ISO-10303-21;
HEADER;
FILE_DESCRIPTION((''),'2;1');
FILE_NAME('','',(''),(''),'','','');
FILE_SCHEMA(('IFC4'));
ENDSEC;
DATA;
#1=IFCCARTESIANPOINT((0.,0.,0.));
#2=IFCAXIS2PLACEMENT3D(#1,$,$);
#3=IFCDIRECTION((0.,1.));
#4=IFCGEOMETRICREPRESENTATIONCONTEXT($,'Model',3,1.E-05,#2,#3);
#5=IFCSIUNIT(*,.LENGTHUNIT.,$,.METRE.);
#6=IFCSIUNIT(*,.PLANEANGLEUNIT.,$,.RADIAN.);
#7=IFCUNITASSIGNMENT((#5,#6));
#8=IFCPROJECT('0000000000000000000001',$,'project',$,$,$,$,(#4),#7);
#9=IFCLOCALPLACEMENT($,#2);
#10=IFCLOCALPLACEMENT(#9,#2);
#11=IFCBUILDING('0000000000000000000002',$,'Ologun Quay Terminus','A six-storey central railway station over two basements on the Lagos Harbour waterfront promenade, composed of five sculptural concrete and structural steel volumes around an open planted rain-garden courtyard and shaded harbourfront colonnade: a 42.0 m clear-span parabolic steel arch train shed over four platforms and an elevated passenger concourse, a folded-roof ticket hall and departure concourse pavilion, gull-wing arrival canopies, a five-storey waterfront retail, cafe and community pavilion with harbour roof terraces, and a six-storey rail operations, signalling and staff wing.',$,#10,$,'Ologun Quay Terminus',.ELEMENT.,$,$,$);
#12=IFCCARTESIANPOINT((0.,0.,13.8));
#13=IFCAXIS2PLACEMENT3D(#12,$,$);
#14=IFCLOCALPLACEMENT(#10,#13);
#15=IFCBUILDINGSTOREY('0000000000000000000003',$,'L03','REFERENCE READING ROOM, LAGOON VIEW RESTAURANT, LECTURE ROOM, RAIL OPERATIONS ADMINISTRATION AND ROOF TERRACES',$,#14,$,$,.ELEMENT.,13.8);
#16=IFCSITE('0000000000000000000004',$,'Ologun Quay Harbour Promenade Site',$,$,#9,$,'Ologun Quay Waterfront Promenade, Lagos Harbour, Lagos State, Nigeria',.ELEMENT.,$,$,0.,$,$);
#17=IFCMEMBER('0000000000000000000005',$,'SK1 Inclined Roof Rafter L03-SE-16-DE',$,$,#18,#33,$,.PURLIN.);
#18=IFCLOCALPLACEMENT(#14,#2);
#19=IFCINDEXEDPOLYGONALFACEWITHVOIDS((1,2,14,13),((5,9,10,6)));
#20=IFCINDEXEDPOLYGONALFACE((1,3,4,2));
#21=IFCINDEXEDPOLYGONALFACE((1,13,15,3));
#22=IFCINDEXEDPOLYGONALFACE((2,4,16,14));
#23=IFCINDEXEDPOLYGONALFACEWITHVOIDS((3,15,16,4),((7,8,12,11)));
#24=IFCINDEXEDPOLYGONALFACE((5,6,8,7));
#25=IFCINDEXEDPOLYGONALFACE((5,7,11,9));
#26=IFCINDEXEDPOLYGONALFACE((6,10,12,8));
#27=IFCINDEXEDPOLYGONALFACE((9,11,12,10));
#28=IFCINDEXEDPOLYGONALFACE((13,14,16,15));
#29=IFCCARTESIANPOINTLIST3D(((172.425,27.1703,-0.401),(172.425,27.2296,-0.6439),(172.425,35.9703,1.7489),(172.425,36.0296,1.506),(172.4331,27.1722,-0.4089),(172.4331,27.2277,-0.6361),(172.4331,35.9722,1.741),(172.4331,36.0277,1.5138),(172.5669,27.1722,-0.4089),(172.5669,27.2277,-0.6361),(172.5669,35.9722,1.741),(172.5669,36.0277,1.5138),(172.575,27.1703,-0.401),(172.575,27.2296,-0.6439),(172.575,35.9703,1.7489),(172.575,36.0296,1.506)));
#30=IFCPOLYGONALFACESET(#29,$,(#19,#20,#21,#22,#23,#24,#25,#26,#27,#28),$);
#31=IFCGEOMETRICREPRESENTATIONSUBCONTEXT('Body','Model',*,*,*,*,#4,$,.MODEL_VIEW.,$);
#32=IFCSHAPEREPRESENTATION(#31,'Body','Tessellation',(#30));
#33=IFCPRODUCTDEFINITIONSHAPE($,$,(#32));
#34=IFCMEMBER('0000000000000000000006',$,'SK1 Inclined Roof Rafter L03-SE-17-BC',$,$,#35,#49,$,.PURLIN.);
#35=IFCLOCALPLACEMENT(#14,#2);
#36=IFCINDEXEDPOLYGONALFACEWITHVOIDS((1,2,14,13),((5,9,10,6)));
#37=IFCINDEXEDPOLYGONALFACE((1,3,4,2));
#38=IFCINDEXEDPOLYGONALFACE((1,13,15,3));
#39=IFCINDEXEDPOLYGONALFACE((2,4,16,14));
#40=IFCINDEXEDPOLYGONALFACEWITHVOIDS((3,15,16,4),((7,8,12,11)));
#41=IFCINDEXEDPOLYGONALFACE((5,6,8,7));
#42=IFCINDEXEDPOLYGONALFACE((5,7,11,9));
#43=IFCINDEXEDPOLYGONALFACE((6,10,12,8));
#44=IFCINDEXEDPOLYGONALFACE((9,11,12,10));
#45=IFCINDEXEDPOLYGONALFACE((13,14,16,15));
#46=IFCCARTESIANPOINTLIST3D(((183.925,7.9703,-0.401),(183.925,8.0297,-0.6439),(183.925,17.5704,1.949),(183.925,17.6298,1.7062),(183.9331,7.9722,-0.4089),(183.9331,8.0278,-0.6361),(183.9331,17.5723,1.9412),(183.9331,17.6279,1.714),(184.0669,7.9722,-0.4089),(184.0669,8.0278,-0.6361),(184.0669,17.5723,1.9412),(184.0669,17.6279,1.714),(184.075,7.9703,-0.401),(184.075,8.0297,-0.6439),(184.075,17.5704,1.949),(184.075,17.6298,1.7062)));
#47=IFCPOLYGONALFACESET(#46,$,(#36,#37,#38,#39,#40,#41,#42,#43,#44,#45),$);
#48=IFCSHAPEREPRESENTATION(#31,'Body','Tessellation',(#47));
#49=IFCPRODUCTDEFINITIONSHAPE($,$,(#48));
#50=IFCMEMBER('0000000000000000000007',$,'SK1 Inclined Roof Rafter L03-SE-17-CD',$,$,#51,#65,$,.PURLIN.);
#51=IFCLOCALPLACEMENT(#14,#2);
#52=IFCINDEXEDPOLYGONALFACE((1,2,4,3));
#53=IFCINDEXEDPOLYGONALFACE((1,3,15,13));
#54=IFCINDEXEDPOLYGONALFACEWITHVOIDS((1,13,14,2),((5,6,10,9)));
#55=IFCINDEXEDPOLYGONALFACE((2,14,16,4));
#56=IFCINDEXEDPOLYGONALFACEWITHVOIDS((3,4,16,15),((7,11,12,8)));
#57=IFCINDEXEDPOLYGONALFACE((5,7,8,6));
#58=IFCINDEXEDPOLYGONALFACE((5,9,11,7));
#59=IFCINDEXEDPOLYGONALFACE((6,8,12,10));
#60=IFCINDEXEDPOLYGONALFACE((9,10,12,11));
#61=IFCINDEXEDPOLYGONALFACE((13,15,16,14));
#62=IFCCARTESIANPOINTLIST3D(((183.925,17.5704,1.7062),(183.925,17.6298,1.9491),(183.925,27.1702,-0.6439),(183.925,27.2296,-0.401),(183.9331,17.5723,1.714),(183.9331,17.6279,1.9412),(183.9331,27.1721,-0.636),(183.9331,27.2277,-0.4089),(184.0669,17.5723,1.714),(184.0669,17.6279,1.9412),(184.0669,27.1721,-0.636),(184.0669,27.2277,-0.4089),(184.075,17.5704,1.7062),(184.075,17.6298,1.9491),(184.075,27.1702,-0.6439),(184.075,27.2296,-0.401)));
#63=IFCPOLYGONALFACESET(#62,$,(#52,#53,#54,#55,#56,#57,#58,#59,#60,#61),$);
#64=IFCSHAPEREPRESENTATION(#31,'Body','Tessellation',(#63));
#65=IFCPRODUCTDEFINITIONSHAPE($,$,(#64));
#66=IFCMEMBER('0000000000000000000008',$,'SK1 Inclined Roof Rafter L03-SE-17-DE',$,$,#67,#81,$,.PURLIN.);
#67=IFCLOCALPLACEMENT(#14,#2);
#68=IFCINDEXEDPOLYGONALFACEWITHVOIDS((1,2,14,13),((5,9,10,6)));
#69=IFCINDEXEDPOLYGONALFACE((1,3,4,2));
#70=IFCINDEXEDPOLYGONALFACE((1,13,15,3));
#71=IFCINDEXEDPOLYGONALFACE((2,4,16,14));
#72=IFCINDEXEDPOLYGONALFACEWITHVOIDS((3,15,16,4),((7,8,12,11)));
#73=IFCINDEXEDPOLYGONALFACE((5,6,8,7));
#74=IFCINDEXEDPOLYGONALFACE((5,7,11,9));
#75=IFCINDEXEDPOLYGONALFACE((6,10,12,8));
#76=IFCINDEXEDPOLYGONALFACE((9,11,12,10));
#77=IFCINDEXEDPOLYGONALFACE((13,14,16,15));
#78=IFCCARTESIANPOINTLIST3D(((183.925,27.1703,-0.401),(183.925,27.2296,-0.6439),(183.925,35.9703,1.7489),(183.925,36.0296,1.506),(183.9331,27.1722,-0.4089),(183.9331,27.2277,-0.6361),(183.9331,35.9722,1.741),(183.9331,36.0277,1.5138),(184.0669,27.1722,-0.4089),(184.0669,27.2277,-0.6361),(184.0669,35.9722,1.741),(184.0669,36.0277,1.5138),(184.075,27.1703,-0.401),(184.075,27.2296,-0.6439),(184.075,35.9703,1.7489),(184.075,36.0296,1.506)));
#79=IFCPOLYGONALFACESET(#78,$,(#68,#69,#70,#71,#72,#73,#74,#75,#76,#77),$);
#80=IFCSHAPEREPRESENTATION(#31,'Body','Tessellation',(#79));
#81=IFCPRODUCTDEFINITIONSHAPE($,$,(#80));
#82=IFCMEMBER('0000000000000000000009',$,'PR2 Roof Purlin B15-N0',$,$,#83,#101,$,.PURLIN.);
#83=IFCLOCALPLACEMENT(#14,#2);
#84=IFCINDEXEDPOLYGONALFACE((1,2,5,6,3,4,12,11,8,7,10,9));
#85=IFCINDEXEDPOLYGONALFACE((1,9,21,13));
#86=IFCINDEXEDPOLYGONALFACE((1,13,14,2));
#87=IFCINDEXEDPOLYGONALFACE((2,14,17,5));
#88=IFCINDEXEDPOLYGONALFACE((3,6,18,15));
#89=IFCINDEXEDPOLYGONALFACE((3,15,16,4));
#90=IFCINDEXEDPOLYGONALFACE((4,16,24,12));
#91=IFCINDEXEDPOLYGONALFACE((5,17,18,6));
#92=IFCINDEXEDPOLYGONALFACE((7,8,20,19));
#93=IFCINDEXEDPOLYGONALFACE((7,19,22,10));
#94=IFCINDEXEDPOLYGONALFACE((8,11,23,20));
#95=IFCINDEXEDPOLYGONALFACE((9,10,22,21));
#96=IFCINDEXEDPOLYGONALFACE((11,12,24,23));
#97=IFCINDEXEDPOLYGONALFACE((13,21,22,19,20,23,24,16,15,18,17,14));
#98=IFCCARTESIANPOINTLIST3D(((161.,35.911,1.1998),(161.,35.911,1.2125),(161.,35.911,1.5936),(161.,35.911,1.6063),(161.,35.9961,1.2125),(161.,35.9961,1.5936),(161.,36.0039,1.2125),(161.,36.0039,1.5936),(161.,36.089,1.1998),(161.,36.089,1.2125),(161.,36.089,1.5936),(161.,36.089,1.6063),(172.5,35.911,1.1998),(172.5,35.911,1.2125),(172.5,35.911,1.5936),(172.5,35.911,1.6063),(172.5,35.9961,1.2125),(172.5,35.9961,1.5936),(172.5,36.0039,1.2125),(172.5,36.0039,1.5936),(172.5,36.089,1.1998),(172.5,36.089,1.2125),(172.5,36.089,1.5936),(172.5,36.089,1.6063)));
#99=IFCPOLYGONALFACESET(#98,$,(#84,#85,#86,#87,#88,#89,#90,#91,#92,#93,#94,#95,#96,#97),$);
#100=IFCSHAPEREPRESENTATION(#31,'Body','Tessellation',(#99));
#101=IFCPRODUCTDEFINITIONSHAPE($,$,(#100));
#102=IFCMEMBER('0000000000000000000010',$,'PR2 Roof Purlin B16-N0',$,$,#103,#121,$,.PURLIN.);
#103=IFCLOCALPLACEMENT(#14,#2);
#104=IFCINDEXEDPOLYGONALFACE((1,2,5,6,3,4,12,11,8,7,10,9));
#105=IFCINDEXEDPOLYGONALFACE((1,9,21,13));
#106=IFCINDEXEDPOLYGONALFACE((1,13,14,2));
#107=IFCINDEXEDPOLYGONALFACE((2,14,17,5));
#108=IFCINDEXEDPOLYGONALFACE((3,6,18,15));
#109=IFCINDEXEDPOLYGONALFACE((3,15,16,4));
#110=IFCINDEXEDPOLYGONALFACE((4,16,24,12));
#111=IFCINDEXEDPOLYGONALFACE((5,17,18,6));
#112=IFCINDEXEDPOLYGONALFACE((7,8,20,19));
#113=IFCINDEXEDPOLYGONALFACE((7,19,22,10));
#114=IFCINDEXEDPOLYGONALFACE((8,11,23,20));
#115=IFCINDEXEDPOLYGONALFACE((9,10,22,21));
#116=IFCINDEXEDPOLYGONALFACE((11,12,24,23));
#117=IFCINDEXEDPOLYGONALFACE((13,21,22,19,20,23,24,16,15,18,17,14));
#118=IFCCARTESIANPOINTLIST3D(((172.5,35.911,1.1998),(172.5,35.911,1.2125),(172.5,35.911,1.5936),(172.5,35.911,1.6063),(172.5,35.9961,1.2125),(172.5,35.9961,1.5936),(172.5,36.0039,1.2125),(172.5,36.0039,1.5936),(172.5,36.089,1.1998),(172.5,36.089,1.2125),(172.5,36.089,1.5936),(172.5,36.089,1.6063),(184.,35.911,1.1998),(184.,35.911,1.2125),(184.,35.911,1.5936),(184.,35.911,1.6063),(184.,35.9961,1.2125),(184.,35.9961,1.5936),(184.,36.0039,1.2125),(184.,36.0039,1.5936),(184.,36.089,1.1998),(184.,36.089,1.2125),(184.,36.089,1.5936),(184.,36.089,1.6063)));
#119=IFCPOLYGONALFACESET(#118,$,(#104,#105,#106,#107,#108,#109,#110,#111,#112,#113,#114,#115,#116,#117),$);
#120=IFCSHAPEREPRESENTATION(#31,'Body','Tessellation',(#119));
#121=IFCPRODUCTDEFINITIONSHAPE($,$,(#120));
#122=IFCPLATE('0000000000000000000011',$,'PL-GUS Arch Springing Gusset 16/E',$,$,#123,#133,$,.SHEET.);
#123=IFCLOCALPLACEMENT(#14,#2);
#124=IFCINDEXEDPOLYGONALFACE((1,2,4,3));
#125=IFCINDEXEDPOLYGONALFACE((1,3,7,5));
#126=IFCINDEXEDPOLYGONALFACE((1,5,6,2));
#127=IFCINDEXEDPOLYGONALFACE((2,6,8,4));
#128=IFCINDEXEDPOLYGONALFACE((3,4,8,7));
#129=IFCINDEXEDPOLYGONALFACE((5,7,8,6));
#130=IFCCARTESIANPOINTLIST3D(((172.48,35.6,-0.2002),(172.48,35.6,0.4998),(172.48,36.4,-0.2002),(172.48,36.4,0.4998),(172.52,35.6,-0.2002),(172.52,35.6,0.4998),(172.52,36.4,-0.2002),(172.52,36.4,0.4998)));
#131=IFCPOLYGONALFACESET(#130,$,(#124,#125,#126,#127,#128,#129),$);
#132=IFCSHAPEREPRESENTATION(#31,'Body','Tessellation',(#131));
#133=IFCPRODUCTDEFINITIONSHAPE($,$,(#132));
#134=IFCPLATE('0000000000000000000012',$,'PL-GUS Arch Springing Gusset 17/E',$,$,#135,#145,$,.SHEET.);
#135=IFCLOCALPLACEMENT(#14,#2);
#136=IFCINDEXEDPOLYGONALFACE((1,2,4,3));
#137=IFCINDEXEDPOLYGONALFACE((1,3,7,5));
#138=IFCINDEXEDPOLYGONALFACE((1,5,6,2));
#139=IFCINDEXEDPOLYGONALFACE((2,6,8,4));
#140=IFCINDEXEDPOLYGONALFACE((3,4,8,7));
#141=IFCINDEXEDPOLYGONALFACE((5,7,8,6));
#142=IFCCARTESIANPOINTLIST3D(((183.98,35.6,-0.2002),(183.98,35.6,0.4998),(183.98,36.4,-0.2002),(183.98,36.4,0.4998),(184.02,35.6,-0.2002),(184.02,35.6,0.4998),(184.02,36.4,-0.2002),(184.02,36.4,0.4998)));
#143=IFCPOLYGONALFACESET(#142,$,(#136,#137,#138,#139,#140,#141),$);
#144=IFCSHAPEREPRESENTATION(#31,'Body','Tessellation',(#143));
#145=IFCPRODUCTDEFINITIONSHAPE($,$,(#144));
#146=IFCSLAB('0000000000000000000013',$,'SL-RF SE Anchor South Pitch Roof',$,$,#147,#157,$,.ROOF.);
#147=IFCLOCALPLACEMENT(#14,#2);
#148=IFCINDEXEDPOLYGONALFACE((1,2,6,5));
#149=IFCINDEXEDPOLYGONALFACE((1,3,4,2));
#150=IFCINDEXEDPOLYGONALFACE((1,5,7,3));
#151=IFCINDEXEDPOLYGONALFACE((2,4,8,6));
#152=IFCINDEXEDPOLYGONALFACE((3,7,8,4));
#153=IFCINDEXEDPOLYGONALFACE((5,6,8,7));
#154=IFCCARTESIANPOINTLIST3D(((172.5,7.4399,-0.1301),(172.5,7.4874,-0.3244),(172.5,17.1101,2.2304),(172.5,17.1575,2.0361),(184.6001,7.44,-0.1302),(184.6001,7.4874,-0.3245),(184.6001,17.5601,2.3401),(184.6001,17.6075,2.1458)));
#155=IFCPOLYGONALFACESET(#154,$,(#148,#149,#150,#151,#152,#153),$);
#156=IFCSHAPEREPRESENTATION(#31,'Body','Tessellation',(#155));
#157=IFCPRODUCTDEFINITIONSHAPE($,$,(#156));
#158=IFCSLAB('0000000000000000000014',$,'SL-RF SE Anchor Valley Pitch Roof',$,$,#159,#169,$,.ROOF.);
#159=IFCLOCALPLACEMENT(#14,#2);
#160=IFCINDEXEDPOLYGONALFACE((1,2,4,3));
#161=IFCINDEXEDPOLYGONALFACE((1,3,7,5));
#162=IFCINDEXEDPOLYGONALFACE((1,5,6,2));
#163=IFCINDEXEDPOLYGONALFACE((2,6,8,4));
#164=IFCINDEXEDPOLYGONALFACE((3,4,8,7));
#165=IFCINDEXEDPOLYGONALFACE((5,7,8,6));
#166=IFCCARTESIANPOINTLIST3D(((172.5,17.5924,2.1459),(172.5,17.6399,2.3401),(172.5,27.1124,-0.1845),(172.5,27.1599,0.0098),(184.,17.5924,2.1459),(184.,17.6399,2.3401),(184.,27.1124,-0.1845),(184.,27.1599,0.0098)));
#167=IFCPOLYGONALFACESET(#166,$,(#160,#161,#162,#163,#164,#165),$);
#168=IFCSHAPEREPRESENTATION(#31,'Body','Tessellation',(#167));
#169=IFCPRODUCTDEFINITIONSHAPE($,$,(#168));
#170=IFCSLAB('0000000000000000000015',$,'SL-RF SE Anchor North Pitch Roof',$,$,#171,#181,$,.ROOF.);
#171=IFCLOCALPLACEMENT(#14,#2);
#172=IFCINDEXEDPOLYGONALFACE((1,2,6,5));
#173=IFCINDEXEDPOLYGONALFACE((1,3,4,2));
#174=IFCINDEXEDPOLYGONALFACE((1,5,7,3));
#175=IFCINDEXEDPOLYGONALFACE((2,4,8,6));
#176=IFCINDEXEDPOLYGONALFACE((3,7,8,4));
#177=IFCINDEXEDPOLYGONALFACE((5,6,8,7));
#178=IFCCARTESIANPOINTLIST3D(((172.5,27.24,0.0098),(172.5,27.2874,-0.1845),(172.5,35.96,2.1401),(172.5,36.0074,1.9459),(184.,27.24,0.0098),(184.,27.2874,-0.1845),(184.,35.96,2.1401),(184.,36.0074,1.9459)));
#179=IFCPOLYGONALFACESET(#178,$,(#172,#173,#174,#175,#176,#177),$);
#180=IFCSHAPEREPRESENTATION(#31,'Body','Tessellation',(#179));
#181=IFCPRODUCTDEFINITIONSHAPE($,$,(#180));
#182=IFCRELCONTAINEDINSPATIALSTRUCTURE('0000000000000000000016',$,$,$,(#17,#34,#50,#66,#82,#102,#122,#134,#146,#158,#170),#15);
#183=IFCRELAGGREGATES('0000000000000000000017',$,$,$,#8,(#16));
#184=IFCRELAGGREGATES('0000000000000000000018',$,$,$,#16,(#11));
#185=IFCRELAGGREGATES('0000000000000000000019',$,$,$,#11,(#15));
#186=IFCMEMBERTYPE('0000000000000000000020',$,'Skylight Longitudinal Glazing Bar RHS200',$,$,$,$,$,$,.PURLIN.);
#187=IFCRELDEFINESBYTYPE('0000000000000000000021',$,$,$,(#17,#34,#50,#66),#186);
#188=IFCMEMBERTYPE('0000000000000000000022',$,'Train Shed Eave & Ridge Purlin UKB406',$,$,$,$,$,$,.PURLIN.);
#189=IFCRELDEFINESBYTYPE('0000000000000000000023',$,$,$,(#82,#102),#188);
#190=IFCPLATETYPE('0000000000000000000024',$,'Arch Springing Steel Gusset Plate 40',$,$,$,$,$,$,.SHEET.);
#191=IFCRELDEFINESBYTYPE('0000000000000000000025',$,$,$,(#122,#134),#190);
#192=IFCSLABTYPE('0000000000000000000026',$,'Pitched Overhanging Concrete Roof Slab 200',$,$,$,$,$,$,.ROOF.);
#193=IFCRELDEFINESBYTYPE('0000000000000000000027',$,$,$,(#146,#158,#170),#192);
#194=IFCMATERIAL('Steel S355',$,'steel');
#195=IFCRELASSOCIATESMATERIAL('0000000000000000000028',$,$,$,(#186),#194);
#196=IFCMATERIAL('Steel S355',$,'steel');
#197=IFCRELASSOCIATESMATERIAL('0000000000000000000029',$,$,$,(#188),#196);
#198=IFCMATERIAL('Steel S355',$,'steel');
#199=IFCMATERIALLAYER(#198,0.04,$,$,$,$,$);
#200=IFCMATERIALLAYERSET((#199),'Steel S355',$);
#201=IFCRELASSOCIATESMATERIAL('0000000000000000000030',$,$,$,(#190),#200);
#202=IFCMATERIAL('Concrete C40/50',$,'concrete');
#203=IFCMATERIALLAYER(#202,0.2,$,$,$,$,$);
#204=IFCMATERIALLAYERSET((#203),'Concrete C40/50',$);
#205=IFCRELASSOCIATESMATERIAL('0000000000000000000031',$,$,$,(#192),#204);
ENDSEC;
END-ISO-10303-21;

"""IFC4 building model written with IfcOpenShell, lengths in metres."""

from ifc_helpers import new_model, si_unit, direction, frame, origin, origin_2d, place, context, subcontext, project, spatial, polyline, rectangle, hollow_rectangle, i_section, outline, extrude, material, layer, layer_set, material_profile, profile_set, type_object, element, save


model = new_model("IFC4")

# Units and contexts
model_context = context("Model", 3, precision=1e-05, world=origin(), true_north=direction((0.0, 1.0)))
body_context = subcontext(model_context, "Body", "Model", "MODEL_VIEW")
ifc_project = project(units=[si_unit("LENGTHUNIT", "METRE"), si_unit("PLANEANGLEUNIT", "RADIAN")], contexts=[model_context])

# Site, building, storey
site_placement = place(None, origin())
site = spatial("IfcSite", under=ifc_project, at=site_placement, Name="Ologun Quay Harbour Promenade Site", LongName="Ologun Quay Waterfront Promenade, Lagos Harbour, Lagos State, Nigeria", CompositionType="ELEMENT", RefElevation=0.0)
building_placement = place(site_placement, origin())
building = spatial("IfcBuilding", under=site, at=building_placement, Name="Ologun Quay Terminus", Description="A six-storey central railway station over two basements on the Lagos Harbour waterfront promenade, composed of five sculptural concrete and structural steel volumes around an open planted rain-garden courtyard and shaded harbourfront colonnade: a 42.0 m clear-span parabolic steel arch train shed over four platforms and an elevated passenger concourse, a folded-roof ticket hall and departure concourse pavilion, gull-wing arrival canopies, a five-storey waterfront retail, cafe and community pavilion with harbour roof terraces, and a six-storey rail operations, signalling and staff wing.", LongName="Ologun Quay Terminus", CompositionType="ELEMENT")
storey_placement = place(building_placement, frame((0.0, 0.0, 13.8)))
storey = spatial("IfcBuildingStorey", under=building, at=storey_placement, Name="L03", Description="REFERENCE READING ROOM, LAGOON VIEW RESTAURANT, LECTURE ROOM, RAIL OPERATIONS ADMINISTRATION AND ROOF TERRACES", CompositionType="ELEMENT", Elevation=13.8)

# Members
ifc_material_1 = material(Name="Steel S355", Category="steel")
ifc_material_profile_1 = material_profile(ifc_material_1, hollow_rectangle(XDim=0.1499, YDim=0.25, WallThickness=0.0081, at=origin_2d()), Name="RHS 250x150x8")
ifc_profile_set_1 = profile_set([ifc_material_profile_1], Name="Steel S355")
member_type_1 = type_object("IfcMemberType", Name="Skylight Longitudinal Glazing Bar RHS200", PredefinedType="PURLIN", material=ifc_profile_set_1)
member_1_placement = place(storey_placement, frame((172.5, 27.2, -0.5225), z_axis=(0.0, 0.97143, 0.237326), x_axis=(-1.0, 0.0, 0.0)))
element("IfcMember", 1, at=member_1_placement, inside=storey, type_object=member_type_1, Name="SK1 Inclined Roof Rafter L03-SE-16-DE", PredefinedType="PURLIN", context=body_context, shape_type="SweptSolid", body=[
    extrude(hollow_rectangle(XDim=0.1499, YDim=0.25, WallThickness=0.0081, at=origin_2d()), origin(), (0.0, 0.0, 1.0), 9.0588),
])
member_2_placement = place(storey_placement, frame((184.0, 8.0, -0.5225), z_axis=(0.0, 0.971319, 0.237778), x_axis=(-1.0, 0.0, 0.0)))
element("IfcMember", 2, at=member_2_placement, inside=storey, type_object=member_type_1, Name="SK1 Inclined Roof Rafter L03-SE-17-BC", PredefinedType="PURLIN", context=body_context, shape_type="SweptSolid", body=[
    extrude(hollow_rectangle(XDim=0.1499, YDim=0.25, WallThickness=0.0081, at=origin_2d()), origin(), (0.0, 0.0, 1.0), 9.8835),
])
member_3_placement = place(storey_placement, frame((184.0, 17.6001, 1.8276), z_axis=(0.0, 0.971318, -0.237784), x_axis=(-1.0, 0.0, 0.0)))
element("IfcMember", 3, at=member_3_placement, inside=storey, type_object=member_type_1, Name="SK1 Inclined Roof Rafter L03-SE-17-CD", PredefinedType="PURLIN", context=body_context, shape_type="SweptSolid", body=[
    extrude(hollow_rectangle(XDim=0.1499, YDim=0.25, WallThickness=0.0081, at=origin_2d()), origin(), (0.0, 0.0, 1.0), 9.8833),
])
member_4_placement = place(storey_placement, frame((184.0, 27.2, -0.5225), z_axis=(0.0, 0.97143, 0.237326), x_axis=(-1.0, 0.0, 0.0)))
element("IfcMember", 4, at=member_4_placement, inside=storey, type_object=member_type_1, Name="SK1 Inclined Roof Rafter L03-SE-17-DE", PredefinedType="PURLIN", context=body_context, shape_type="SweptSolid", body=[
    extrude(hollow_rectangle(XDim=0.1499, YDim=0.25, WallThickness=0.0081, at=origin_2d()), origin(), (0.0, 0.0, 1.0), 9.0588),
])
ifc_material_2 = material(Name="Steel S355", Category="steel")
ifc_material_profile_2 = material_profile(ifc_material_2, i_section(OverallWidth=0.178, OverallDepth=0.4065, WebThickness=0.0078, FlangeThickness=0.0127, at=origin_2d()), Name="UKB 406x178x60")
ifc_profile_set_2 = profile_set([ifc_material_profile_2], Name="Steel S355")
member_type_2 = type_object("IfcMemberType", Name="Train Shed Eave & Ridge Purlin UKB406", PredefinedType="PURLIN", material=ifc_profile_set_2)
for number, where, z_axis, x_axis, name in (
    (5, (161.0, 36.0, 1.4031), (1.0, 0.0, 0.0), (0.0, 1.0, 0.0), "PR2 Roof Purlin B15-N0"),
    (6, (172.5, 36.0, 1.4031), (1.0, 0.0, 0.0), (0.0, 1.0, 0.0), "PR2 Roof Purlin B16-N0"),
):
    element("IfcMember", number, at=place(storey_placement, frame(where, z_axis=z_axis, x_axis=x_axis)), inside=storey, type_object=member_type_2, Name=name, PredefinedType="PURLIN", context=body_context, shape_type="SweptSolid", body=[
        extrude(i_section(OverallWidth=0.178, OverallDepth=0.4065, WebThickness=0.0078, FlangeThickness=0.0127, at=origin_2d()), origin(), (0.0, 0.0, 1.0), 11.5),
    ])

# Plates
ifc_material_3 = material(Name="Steel S355", Category="steel")
ifc_layer_1 = layer(ifc_material_3, 0.04)
ifc_layer_set_1 = layer_set([ifc_layer_1], Name="Steel S355")
plate_type = type_object("IfcPlateType", Name="Arch Springing Steel Gusset Plate 40", PredefinedType="SHEET", material=ifc_layer_set_1)
for number, where, z_axis, x_axis, name in (
    (7, (172.5, 36.0, -0.2002), (0.0, 0.0, 1.0), (0.0, 1.0, 0.0), "PL-GUS Arch Springing Gusset 16/E"),
    (8, (184.0, 36.0, -0.2002), (0.0, 0.0, 1.0), (0.0, 1.0, 0.0), "PL-GUS Arch Springing Gusset 17/E"),
):
    element("IfcPlate", number, at=place(storey_placement, frame(where, z_axis=z_axis, x_axis=x_axis)), inside=storey, type_object=plate_type, Name=name, PredefinedType="SHEET", context=body_context, shape_type="SweptSolid", body=[
        extrude(rectangle(XDim=0.8, YDim=0.04, at=origin_2d()), origin(), (0.0, 0.0, 1.0), 0.7),
    ])

# Slabs
ifc_material_4 = material(Name="Concrete C40/50", Category="concrete")
ifc_layer_2 = layer(ifc_material_4, 0.2)
ifc_layer_set_2 = layer_set([ifc_layer_2], Name="Concrete C40/50")
slab_type_1 = type_object("IfcSlabType", Name="Pitched Overhanging Concrete Roof Slab 200", PredefinedType="ROOF", material=ifc_layer_set_2)
slab_1_placement = place(storey_placement, frame((172.5, 7.4399, -0.1301), z_axis=(0.000009, -0.237137, 0.971476), x_axis=(1.0, 0.000002, -0.000008)))
element("IfcSlab", 9, at=slab_1_placement, inside=storey, type_object=slab_type_1, Name="SL-RF SE Anchor South Pitch Roof", PredefinedType="ROOF", context=body_context, shape_type="SweptSolid", body=[
    extrude(outline(polyline([(0.0, 0.0), (12.1001, 0.0), (12.1001, 10.4172), (0.0, 9.9541), (0.0, 0.0)])), origin(), (0.0, 0.0, -1.0), 0.2),
])
slab_2_placement = place(storey_placement, frame((172.5, 17.6399, 2.3401), z_axis=(0.0, 0.237762, 0.971323), x_axis=(1.0, 0.0, 0.0)))
element("IfcSlab", 10, at=slab_2_placement, inside=storey, type_object=slab_type_1, Name="SL-RF SE Anchor Valley Pitch Roof", PredefinedType="ROOF", context=body_context, shape_type="SweptSolid", body=[
    extrude(outline(polyline([(0.0, 0.0), (11.5, 0.0), (11.5, 9.8011), (0.0, 9.8011), (0.0, 0.0)])), origin(), (0.0, 0.0, -1.0), 0.2),
])
slab_3_placement = place(storey_placement, frame((172.5, 27.24, 0.0098), z_axis=(0.0, -0.237329, 0.971429), x_axis=(1.0, 0.0, 0.0)))
element("IfcSlab", 11, at=slab_3_placement, inside=storey, type_object=slab_type_1, Name="SL-RF SE Anchor North Pitch Roof", PredefinedType="ROOF", context=body_context, shape_type="SweptSolid", body=[
    extrude(outline(polyline([(0.0, 0.0), (11.5, 0.0), (11.5, 8.9764), (0.0, 8.9764), (0.0, 0.0)])), origin(), (0.0, 0.0, -1.0), 0.2),
])

save(model, "model.ifc")
